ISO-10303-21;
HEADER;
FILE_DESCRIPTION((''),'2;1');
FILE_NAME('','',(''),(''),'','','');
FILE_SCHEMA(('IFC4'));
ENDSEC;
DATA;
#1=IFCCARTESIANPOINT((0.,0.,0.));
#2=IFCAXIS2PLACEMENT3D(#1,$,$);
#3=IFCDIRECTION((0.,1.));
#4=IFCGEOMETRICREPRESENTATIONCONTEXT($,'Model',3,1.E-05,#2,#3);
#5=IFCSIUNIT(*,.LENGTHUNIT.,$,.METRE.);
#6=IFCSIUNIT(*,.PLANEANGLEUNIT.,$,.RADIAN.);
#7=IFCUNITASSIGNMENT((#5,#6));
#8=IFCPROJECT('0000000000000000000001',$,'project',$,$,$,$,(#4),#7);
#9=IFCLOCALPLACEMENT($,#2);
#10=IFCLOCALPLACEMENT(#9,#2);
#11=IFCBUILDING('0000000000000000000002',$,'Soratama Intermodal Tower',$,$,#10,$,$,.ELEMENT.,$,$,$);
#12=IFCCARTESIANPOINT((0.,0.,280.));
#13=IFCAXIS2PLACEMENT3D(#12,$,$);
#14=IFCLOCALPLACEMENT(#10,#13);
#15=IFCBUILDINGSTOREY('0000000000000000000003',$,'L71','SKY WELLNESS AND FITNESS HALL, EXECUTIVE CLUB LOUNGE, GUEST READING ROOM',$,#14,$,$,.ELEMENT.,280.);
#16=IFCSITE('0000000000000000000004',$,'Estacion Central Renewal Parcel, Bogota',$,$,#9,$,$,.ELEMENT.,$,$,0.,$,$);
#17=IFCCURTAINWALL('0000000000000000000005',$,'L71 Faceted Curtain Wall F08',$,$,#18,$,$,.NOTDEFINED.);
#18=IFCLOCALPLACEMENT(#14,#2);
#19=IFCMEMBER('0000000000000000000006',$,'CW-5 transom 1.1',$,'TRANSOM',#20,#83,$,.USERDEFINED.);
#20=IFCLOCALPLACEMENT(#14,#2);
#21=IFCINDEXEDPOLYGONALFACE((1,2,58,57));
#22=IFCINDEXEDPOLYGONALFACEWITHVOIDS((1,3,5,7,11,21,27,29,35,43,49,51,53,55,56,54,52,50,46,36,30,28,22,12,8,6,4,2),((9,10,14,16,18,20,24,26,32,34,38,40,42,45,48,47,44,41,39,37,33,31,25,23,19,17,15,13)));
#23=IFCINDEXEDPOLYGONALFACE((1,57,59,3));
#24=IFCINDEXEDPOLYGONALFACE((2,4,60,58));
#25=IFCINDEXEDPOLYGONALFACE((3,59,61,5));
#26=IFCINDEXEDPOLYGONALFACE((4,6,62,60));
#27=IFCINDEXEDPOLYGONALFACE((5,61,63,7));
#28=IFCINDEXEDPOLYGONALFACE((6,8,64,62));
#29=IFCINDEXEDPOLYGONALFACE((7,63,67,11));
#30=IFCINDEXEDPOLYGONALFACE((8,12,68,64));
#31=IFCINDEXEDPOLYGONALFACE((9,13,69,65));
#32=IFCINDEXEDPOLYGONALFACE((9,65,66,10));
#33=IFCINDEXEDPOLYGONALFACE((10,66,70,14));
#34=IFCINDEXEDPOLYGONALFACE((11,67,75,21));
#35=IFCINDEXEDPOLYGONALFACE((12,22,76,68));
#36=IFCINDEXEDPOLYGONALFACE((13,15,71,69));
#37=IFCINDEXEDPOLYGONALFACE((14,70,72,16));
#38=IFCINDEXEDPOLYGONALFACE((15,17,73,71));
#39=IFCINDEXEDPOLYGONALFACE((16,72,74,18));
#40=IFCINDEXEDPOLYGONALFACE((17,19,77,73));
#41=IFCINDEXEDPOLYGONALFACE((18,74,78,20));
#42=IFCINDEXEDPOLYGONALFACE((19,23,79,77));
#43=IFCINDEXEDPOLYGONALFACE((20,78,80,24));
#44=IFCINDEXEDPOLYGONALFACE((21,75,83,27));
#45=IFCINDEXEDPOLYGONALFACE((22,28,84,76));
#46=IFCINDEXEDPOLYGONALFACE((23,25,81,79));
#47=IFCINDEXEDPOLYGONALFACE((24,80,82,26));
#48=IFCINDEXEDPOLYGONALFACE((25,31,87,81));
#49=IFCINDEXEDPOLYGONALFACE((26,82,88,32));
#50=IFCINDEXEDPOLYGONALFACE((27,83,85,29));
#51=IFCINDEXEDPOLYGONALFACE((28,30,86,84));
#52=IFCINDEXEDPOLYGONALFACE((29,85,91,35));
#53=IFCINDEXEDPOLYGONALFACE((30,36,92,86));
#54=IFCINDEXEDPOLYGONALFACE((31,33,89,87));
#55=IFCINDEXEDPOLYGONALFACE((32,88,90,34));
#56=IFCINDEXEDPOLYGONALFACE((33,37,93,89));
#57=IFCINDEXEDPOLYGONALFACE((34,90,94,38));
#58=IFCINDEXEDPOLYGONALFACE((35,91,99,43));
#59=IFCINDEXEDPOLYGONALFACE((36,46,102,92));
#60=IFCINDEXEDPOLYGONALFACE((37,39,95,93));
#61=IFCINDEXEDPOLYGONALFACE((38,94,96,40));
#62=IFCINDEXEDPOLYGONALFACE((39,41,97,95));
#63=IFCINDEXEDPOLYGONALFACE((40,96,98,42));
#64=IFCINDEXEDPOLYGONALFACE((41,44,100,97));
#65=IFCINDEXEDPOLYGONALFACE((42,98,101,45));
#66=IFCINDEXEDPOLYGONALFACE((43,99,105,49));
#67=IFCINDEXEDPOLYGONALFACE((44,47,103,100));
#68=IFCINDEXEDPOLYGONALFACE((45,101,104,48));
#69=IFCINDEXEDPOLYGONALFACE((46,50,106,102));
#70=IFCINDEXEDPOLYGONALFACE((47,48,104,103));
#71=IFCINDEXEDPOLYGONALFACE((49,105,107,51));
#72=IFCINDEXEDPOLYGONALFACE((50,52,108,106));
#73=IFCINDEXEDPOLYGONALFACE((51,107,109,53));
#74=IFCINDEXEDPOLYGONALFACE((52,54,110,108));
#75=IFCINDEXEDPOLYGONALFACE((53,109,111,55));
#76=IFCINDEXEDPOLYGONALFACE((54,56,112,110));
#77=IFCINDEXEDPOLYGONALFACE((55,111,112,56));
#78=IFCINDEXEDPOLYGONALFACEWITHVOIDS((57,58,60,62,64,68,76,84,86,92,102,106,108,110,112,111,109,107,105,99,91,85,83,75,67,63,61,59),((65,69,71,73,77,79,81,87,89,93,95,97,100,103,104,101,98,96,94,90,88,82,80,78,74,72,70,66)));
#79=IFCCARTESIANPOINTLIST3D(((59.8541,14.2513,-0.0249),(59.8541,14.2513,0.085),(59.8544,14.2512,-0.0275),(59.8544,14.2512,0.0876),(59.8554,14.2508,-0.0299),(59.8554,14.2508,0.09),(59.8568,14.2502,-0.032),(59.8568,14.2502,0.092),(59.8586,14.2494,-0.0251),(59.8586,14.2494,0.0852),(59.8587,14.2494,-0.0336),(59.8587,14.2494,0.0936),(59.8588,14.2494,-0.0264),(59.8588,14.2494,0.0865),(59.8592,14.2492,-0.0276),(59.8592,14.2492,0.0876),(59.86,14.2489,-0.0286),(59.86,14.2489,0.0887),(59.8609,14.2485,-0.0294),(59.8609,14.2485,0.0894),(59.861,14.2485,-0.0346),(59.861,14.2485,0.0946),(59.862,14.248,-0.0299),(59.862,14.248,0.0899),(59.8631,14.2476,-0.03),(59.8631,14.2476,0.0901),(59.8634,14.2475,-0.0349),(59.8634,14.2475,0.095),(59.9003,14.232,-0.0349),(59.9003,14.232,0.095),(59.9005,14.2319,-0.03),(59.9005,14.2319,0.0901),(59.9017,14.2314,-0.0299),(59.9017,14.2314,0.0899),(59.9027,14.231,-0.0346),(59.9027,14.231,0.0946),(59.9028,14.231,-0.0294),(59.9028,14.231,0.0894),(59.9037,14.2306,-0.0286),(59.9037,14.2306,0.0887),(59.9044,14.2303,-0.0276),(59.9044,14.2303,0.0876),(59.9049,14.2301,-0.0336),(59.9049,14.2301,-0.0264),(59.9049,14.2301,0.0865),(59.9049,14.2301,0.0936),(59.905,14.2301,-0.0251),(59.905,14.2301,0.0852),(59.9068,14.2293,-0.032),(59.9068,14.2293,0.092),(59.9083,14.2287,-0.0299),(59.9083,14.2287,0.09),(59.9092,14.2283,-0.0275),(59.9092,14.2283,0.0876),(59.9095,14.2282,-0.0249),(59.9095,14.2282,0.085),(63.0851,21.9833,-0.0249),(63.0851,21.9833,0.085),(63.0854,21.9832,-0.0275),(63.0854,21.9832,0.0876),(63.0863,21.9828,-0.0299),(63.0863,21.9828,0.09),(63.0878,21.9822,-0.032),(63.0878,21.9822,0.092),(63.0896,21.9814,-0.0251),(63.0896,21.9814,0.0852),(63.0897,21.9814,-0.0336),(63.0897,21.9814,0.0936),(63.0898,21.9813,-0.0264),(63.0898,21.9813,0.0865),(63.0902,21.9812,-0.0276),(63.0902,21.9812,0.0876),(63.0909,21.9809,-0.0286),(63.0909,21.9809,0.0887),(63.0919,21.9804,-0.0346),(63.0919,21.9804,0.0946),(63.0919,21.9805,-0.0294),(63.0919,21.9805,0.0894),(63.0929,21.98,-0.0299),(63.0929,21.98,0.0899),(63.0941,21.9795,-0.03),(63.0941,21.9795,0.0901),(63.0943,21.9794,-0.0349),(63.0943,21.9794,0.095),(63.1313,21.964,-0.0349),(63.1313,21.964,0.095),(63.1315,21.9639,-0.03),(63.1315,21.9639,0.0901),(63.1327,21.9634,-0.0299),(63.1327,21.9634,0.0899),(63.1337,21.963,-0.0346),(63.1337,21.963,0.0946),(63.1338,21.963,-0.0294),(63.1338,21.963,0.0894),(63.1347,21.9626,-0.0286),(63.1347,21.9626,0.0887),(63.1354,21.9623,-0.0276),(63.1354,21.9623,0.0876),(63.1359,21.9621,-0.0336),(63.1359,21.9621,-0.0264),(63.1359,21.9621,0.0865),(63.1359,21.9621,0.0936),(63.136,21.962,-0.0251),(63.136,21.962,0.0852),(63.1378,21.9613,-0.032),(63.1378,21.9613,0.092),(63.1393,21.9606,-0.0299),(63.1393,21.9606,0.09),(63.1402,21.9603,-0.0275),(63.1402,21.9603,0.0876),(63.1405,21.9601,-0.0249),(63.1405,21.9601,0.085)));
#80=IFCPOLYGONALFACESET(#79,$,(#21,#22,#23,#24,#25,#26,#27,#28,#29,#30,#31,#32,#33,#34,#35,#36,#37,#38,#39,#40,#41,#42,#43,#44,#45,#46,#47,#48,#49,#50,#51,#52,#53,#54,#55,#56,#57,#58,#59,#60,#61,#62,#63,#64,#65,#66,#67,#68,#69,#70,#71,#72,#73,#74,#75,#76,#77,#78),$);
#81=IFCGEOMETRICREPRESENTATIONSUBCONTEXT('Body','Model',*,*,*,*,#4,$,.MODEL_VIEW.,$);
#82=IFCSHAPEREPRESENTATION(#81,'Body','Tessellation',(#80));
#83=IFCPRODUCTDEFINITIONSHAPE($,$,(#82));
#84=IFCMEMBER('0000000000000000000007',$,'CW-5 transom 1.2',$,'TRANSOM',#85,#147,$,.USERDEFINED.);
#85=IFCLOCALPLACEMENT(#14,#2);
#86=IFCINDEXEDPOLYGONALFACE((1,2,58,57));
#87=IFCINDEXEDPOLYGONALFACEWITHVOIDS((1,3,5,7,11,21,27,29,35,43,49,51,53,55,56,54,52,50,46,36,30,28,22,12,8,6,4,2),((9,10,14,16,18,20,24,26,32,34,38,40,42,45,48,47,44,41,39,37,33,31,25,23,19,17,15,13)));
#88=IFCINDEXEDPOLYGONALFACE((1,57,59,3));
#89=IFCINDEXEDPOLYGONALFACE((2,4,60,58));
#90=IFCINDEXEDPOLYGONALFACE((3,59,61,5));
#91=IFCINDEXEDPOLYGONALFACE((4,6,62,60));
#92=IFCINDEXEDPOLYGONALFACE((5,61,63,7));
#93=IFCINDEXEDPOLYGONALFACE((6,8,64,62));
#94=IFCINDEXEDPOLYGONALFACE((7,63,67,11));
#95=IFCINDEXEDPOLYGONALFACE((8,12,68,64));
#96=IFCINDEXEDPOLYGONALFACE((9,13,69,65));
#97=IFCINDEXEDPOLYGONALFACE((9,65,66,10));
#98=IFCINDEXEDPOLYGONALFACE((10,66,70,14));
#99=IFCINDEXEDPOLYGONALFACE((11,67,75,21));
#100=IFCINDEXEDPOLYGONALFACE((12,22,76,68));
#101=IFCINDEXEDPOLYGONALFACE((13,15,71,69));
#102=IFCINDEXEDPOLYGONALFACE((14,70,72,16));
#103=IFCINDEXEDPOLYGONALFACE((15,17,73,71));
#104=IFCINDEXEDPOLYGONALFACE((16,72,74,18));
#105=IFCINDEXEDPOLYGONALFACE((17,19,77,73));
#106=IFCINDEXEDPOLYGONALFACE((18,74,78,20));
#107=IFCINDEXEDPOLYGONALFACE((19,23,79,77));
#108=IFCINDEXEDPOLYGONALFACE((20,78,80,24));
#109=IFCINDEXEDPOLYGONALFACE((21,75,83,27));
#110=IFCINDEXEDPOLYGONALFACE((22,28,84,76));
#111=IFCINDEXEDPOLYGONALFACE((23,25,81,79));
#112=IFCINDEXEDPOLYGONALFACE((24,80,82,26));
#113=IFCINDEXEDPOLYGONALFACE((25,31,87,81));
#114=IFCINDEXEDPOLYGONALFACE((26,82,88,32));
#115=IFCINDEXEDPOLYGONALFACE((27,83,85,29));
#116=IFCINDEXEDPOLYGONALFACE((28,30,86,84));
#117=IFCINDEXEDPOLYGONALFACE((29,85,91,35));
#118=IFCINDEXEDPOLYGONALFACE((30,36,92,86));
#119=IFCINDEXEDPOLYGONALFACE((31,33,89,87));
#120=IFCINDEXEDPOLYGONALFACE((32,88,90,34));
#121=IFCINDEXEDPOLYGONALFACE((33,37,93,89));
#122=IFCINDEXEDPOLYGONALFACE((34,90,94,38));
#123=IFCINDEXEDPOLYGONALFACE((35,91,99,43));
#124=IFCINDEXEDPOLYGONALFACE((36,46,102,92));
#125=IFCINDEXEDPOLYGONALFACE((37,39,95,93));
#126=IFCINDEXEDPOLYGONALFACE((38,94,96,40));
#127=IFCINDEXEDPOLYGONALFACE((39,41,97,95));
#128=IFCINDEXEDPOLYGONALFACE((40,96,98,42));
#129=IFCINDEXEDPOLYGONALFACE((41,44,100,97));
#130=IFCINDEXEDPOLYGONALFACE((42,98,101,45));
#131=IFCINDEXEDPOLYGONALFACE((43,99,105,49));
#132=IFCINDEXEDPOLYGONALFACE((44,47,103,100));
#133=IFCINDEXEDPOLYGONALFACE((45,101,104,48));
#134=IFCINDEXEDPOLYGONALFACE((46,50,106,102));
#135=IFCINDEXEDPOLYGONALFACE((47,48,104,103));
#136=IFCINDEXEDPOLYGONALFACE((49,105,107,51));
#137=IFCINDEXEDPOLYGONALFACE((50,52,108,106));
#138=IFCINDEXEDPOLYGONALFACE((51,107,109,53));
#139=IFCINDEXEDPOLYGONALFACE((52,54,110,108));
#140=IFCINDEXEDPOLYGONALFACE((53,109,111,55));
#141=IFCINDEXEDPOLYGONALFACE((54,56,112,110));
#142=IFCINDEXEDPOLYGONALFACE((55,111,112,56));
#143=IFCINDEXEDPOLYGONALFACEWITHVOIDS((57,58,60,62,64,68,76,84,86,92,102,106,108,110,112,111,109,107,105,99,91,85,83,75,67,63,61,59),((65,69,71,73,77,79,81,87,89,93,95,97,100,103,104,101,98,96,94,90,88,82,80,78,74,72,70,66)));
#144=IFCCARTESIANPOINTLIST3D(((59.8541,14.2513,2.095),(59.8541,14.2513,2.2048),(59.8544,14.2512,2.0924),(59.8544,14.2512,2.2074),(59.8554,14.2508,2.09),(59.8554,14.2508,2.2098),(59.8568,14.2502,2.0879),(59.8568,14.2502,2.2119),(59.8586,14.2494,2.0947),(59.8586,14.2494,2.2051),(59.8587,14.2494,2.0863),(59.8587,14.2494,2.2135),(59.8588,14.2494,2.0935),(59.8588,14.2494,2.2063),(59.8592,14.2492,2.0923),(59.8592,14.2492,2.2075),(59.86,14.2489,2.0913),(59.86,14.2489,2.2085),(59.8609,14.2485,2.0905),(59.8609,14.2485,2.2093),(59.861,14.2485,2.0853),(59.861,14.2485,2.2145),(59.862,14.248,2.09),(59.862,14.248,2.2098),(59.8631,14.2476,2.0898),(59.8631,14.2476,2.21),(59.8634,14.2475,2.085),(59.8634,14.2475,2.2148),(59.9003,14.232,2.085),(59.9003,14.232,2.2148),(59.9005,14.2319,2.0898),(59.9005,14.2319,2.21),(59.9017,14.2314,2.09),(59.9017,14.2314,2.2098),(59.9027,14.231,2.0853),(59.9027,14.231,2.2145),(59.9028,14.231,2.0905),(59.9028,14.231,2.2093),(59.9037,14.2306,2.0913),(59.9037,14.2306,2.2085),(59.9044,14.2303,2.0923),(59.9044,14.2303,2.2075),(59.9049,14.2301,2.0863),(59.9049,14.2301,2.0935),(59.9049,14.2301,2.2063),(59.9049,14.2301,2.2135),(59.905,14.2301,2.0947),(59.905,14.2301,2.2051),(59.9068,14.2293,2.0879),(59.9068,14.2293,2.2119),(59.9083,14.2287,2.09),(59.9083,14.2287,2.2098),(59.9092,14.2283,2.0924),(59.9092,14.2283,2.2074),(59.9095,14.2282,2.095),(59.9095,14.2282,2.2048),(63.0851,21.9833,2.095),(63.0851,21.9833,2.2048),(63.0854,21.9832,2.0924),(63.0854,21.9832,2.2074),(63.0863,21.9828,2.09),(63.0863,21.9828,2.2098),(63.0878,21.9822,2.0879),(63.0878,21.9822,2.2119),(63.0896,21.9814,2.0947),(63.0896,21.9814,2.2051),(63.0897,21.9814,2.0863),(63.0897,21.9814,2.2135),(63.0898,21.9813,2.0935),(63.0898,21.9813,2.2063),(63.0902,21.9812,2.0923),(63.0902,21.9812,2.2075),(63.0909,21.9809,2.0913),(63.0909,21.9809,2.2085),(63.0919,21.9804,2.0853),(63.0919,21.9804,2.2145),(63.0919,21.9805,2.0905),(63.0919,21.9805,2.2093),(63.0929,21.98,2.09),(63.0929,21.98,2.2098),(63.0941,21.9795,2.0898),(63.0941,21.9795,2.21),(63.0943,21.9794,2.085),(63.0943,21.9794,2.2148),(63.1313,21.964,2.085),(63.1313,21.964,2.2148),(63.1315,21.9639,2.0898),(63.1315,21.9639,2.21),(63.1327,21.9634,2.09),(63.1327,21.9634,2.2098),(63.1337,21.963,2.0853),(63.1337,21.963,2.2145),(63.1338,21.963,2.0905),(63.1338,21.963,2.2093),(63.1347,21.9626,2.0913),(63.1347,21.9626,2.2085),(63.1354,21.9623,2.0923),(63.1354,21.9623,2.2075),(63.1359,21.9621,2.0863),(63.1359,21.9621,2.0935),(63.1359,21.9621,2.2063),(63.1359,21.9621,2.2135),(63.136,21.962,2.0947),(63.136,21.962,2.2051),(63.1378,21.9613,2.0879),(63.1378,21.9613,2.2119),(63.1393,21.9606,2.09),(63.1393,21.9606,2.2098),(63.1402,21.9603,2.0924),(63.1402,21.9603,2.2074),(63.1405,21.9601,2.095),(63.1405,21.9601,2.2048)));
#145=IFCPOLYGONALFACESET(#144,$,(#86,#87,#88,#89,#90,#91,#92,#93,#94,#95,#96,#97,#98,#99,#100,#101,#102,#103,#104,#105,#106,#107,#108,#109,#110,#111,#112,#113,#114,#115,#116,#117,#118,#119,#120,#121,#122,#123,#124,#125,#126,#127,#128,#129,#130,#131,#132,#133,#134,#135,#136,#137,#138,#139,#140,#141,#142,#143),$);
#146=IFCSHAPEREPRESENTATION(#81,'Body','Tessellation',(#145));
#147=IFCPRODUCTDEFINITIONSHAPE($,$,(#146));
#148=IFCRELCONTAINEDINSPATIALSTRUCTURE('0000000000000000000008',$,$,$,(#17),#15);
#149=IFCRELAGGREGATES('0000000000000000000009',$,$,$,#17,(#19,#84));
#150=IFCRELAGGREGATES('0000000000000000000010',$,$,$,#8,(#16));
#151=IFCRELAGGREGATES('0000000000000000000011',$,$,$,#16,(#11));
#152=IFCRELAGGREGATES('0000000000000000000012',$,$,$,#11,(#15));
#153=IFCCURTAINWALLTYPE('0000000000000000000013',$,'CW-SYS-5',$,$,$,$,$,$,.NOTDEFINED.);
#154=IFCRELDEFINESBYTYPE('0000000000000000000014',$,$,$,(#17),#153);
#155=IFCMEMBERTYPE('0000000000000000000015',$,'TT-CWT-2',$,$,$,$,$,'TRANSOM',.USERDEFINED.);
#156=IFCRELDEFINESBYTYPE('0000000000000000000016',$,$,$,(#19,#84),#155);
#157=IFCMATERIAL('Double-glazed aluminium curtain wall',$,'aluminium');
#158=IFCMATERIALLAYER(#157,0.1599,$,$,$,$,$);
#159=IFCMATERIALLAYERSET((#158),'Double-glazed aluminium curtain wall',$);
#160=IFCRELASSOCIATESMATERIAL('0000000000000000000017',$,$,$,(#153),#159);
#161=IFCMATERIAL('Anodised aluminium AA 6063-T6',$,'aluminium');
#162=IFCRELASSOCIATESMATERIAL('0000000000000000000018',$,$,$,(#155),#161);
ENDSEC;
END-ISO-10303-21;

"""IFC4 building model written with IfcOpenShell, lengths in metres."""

from ifc_helpers import new_model, si_unit, direction, frame, origin, origin_2d, place, context, subcontext, project, spatial, hollow_rectangle, extrude, material, layer, layer_set, material_profile, profile_set, type_object, element, aggregate, save


model = new_model("IFC4")

# Units and contexts
model_context = context("Model", 3, precision=1e-05, world=origin(), true_north=direction((0.0, 1.0)))
body_context = subcontext(model_context, "Body", "Model", "MODEL_VIEW")
ifc_project = project(units=[si_unit("LENGTHUNIT", "METRE"), si_unit("PLANEANGLEUNIT", "RADIAN")], contexts=[model_context])

# Site, building, storey
site_placement = place(None, origin())
site = spatial("IfcSite", under=ifc_project, at=site_placement, Name="Estacion Central Renewal Parcel, Bogota", CompositionType="ELEMENT", RefElevation=0.0)
building_placement = place(site_placement, origin())
building = spatial("IfcBuilding", under=site, at=building_placement, Name="Soratama Intermodal Tower", CompositionType="ELEMENT")
storey_placement = place(building_placement, frame((0.0, 0.0, 280.0)))
storey = spatial("IfcBuildingStorey", under=building, at=storey_placement, Name="L71", Description="SKY WELLNESS AND FITNESS HALL, EXECUTIVE CLUB LOUNGE, GUEST READING ROOM", CompositionType="ELEMENT", Elevation=280.0)

# Shared definitions
ifc_material_1 = material(Name="Double-glazed aluminium curtain wall", Category="aluminium")
ifc_layer_1 = layer(ifc_material_1, 0.1599)
ifc_layer_set_1 = layer_set([ifc_layer_1], Name="Double-glazed aluminium curtain wall")
curtain_wall_type = type_object("IfcCurtainWallType", Name="CW-SYS-5", PredefinedType="NOTDEFINED", material=ifc_layer_set_1)

# Curtain wall
curtain_wall_1_placement = place(storey_placement, origin())
curtain_wall_1 = element("IfcCurtainWall", 1, at=curtain_wall_1_placement, inside=storey, type_object=curtain_wall_type, Name="L71 Faceted Curtain Wall F08", PredefinedType="NOTDEFINED")

# Members
ifc_material_2 = material(Name="Anodised aluminium AA 6063-T6", Category="aluminium")
ifc_material_profile_1 = material_profile(ifc_material_2, hollow_rectangle(XDim=0.0601, YDim=0.1299, WallThickness=0.0049, InnerFilletRadius=0.0049, OuterFilletRadius=0.01, at=origin_2d()), Name="CWT130X60X5")
ifc_profile_set_1 = profile_set([ifc_material_profile_1], Name="Anodised aluminium AA 6063-T6")
member_type_1 = type_object("IfcMemberType", Name="TT-CWT-2", ElementType="TRANSOM", PredefinedType="USERDEFINED", material=ifc_profile_set_1)
member_1_placement = place(storey_placement, frame((59.8818, 14.2397, 0.03), z_axis=(0.385563, 0.922682, 0.0), x_axis=(-0.922682, 0.385563, 0.0)))
member_1 = element("IfcMember", 2, at=member_1_placement, type_object=member_type_1, Name="CW-5 transom 1.1", ObjectType="TRANSOM", PredefinedType="USERDEFINED", context=body_context, shape_type="SweptSolid", body=[
    extrude(hollow_rectangle(XDim=0.0601, YDim=0.1299, WallThickness=0.0049, InnerFilletRadius=0.0049, OuterFilletRadius=0.01, at=origin_2d()), origin(), (0.0, 0.0, 1.0), 8.3799),
])
member_2_placement = place(storey_placement, frame((59.8818, 14.2397, 2.1499), z_axis=(0.385563, 0.922682, 0.0), x_axis=(-0.922682, 0.385563, 0.0)))
member_2 = element("IfcMember", 3, at=member_2_placement, type_object=member_type_1, Name="CW-5 transom 1.2", ObjectType="TRANSOM", PredefinedType="USERDEFINED", context=body_context, shape_type="SweptSolid", body=[
    extrude(hollow_rectangle(XDim=0.0601, YDim=0.1299, WallThickness=0.0049, InnerFilletRadius=0.0049, OuterFilletRadius=0.01, at=origin_2d()), origin(), (0.0, 0.0, 1.0), 8.3799),
])

aggregate(curtain_wall_1, [member_1, member_2])

save(model, "model.ifc")
